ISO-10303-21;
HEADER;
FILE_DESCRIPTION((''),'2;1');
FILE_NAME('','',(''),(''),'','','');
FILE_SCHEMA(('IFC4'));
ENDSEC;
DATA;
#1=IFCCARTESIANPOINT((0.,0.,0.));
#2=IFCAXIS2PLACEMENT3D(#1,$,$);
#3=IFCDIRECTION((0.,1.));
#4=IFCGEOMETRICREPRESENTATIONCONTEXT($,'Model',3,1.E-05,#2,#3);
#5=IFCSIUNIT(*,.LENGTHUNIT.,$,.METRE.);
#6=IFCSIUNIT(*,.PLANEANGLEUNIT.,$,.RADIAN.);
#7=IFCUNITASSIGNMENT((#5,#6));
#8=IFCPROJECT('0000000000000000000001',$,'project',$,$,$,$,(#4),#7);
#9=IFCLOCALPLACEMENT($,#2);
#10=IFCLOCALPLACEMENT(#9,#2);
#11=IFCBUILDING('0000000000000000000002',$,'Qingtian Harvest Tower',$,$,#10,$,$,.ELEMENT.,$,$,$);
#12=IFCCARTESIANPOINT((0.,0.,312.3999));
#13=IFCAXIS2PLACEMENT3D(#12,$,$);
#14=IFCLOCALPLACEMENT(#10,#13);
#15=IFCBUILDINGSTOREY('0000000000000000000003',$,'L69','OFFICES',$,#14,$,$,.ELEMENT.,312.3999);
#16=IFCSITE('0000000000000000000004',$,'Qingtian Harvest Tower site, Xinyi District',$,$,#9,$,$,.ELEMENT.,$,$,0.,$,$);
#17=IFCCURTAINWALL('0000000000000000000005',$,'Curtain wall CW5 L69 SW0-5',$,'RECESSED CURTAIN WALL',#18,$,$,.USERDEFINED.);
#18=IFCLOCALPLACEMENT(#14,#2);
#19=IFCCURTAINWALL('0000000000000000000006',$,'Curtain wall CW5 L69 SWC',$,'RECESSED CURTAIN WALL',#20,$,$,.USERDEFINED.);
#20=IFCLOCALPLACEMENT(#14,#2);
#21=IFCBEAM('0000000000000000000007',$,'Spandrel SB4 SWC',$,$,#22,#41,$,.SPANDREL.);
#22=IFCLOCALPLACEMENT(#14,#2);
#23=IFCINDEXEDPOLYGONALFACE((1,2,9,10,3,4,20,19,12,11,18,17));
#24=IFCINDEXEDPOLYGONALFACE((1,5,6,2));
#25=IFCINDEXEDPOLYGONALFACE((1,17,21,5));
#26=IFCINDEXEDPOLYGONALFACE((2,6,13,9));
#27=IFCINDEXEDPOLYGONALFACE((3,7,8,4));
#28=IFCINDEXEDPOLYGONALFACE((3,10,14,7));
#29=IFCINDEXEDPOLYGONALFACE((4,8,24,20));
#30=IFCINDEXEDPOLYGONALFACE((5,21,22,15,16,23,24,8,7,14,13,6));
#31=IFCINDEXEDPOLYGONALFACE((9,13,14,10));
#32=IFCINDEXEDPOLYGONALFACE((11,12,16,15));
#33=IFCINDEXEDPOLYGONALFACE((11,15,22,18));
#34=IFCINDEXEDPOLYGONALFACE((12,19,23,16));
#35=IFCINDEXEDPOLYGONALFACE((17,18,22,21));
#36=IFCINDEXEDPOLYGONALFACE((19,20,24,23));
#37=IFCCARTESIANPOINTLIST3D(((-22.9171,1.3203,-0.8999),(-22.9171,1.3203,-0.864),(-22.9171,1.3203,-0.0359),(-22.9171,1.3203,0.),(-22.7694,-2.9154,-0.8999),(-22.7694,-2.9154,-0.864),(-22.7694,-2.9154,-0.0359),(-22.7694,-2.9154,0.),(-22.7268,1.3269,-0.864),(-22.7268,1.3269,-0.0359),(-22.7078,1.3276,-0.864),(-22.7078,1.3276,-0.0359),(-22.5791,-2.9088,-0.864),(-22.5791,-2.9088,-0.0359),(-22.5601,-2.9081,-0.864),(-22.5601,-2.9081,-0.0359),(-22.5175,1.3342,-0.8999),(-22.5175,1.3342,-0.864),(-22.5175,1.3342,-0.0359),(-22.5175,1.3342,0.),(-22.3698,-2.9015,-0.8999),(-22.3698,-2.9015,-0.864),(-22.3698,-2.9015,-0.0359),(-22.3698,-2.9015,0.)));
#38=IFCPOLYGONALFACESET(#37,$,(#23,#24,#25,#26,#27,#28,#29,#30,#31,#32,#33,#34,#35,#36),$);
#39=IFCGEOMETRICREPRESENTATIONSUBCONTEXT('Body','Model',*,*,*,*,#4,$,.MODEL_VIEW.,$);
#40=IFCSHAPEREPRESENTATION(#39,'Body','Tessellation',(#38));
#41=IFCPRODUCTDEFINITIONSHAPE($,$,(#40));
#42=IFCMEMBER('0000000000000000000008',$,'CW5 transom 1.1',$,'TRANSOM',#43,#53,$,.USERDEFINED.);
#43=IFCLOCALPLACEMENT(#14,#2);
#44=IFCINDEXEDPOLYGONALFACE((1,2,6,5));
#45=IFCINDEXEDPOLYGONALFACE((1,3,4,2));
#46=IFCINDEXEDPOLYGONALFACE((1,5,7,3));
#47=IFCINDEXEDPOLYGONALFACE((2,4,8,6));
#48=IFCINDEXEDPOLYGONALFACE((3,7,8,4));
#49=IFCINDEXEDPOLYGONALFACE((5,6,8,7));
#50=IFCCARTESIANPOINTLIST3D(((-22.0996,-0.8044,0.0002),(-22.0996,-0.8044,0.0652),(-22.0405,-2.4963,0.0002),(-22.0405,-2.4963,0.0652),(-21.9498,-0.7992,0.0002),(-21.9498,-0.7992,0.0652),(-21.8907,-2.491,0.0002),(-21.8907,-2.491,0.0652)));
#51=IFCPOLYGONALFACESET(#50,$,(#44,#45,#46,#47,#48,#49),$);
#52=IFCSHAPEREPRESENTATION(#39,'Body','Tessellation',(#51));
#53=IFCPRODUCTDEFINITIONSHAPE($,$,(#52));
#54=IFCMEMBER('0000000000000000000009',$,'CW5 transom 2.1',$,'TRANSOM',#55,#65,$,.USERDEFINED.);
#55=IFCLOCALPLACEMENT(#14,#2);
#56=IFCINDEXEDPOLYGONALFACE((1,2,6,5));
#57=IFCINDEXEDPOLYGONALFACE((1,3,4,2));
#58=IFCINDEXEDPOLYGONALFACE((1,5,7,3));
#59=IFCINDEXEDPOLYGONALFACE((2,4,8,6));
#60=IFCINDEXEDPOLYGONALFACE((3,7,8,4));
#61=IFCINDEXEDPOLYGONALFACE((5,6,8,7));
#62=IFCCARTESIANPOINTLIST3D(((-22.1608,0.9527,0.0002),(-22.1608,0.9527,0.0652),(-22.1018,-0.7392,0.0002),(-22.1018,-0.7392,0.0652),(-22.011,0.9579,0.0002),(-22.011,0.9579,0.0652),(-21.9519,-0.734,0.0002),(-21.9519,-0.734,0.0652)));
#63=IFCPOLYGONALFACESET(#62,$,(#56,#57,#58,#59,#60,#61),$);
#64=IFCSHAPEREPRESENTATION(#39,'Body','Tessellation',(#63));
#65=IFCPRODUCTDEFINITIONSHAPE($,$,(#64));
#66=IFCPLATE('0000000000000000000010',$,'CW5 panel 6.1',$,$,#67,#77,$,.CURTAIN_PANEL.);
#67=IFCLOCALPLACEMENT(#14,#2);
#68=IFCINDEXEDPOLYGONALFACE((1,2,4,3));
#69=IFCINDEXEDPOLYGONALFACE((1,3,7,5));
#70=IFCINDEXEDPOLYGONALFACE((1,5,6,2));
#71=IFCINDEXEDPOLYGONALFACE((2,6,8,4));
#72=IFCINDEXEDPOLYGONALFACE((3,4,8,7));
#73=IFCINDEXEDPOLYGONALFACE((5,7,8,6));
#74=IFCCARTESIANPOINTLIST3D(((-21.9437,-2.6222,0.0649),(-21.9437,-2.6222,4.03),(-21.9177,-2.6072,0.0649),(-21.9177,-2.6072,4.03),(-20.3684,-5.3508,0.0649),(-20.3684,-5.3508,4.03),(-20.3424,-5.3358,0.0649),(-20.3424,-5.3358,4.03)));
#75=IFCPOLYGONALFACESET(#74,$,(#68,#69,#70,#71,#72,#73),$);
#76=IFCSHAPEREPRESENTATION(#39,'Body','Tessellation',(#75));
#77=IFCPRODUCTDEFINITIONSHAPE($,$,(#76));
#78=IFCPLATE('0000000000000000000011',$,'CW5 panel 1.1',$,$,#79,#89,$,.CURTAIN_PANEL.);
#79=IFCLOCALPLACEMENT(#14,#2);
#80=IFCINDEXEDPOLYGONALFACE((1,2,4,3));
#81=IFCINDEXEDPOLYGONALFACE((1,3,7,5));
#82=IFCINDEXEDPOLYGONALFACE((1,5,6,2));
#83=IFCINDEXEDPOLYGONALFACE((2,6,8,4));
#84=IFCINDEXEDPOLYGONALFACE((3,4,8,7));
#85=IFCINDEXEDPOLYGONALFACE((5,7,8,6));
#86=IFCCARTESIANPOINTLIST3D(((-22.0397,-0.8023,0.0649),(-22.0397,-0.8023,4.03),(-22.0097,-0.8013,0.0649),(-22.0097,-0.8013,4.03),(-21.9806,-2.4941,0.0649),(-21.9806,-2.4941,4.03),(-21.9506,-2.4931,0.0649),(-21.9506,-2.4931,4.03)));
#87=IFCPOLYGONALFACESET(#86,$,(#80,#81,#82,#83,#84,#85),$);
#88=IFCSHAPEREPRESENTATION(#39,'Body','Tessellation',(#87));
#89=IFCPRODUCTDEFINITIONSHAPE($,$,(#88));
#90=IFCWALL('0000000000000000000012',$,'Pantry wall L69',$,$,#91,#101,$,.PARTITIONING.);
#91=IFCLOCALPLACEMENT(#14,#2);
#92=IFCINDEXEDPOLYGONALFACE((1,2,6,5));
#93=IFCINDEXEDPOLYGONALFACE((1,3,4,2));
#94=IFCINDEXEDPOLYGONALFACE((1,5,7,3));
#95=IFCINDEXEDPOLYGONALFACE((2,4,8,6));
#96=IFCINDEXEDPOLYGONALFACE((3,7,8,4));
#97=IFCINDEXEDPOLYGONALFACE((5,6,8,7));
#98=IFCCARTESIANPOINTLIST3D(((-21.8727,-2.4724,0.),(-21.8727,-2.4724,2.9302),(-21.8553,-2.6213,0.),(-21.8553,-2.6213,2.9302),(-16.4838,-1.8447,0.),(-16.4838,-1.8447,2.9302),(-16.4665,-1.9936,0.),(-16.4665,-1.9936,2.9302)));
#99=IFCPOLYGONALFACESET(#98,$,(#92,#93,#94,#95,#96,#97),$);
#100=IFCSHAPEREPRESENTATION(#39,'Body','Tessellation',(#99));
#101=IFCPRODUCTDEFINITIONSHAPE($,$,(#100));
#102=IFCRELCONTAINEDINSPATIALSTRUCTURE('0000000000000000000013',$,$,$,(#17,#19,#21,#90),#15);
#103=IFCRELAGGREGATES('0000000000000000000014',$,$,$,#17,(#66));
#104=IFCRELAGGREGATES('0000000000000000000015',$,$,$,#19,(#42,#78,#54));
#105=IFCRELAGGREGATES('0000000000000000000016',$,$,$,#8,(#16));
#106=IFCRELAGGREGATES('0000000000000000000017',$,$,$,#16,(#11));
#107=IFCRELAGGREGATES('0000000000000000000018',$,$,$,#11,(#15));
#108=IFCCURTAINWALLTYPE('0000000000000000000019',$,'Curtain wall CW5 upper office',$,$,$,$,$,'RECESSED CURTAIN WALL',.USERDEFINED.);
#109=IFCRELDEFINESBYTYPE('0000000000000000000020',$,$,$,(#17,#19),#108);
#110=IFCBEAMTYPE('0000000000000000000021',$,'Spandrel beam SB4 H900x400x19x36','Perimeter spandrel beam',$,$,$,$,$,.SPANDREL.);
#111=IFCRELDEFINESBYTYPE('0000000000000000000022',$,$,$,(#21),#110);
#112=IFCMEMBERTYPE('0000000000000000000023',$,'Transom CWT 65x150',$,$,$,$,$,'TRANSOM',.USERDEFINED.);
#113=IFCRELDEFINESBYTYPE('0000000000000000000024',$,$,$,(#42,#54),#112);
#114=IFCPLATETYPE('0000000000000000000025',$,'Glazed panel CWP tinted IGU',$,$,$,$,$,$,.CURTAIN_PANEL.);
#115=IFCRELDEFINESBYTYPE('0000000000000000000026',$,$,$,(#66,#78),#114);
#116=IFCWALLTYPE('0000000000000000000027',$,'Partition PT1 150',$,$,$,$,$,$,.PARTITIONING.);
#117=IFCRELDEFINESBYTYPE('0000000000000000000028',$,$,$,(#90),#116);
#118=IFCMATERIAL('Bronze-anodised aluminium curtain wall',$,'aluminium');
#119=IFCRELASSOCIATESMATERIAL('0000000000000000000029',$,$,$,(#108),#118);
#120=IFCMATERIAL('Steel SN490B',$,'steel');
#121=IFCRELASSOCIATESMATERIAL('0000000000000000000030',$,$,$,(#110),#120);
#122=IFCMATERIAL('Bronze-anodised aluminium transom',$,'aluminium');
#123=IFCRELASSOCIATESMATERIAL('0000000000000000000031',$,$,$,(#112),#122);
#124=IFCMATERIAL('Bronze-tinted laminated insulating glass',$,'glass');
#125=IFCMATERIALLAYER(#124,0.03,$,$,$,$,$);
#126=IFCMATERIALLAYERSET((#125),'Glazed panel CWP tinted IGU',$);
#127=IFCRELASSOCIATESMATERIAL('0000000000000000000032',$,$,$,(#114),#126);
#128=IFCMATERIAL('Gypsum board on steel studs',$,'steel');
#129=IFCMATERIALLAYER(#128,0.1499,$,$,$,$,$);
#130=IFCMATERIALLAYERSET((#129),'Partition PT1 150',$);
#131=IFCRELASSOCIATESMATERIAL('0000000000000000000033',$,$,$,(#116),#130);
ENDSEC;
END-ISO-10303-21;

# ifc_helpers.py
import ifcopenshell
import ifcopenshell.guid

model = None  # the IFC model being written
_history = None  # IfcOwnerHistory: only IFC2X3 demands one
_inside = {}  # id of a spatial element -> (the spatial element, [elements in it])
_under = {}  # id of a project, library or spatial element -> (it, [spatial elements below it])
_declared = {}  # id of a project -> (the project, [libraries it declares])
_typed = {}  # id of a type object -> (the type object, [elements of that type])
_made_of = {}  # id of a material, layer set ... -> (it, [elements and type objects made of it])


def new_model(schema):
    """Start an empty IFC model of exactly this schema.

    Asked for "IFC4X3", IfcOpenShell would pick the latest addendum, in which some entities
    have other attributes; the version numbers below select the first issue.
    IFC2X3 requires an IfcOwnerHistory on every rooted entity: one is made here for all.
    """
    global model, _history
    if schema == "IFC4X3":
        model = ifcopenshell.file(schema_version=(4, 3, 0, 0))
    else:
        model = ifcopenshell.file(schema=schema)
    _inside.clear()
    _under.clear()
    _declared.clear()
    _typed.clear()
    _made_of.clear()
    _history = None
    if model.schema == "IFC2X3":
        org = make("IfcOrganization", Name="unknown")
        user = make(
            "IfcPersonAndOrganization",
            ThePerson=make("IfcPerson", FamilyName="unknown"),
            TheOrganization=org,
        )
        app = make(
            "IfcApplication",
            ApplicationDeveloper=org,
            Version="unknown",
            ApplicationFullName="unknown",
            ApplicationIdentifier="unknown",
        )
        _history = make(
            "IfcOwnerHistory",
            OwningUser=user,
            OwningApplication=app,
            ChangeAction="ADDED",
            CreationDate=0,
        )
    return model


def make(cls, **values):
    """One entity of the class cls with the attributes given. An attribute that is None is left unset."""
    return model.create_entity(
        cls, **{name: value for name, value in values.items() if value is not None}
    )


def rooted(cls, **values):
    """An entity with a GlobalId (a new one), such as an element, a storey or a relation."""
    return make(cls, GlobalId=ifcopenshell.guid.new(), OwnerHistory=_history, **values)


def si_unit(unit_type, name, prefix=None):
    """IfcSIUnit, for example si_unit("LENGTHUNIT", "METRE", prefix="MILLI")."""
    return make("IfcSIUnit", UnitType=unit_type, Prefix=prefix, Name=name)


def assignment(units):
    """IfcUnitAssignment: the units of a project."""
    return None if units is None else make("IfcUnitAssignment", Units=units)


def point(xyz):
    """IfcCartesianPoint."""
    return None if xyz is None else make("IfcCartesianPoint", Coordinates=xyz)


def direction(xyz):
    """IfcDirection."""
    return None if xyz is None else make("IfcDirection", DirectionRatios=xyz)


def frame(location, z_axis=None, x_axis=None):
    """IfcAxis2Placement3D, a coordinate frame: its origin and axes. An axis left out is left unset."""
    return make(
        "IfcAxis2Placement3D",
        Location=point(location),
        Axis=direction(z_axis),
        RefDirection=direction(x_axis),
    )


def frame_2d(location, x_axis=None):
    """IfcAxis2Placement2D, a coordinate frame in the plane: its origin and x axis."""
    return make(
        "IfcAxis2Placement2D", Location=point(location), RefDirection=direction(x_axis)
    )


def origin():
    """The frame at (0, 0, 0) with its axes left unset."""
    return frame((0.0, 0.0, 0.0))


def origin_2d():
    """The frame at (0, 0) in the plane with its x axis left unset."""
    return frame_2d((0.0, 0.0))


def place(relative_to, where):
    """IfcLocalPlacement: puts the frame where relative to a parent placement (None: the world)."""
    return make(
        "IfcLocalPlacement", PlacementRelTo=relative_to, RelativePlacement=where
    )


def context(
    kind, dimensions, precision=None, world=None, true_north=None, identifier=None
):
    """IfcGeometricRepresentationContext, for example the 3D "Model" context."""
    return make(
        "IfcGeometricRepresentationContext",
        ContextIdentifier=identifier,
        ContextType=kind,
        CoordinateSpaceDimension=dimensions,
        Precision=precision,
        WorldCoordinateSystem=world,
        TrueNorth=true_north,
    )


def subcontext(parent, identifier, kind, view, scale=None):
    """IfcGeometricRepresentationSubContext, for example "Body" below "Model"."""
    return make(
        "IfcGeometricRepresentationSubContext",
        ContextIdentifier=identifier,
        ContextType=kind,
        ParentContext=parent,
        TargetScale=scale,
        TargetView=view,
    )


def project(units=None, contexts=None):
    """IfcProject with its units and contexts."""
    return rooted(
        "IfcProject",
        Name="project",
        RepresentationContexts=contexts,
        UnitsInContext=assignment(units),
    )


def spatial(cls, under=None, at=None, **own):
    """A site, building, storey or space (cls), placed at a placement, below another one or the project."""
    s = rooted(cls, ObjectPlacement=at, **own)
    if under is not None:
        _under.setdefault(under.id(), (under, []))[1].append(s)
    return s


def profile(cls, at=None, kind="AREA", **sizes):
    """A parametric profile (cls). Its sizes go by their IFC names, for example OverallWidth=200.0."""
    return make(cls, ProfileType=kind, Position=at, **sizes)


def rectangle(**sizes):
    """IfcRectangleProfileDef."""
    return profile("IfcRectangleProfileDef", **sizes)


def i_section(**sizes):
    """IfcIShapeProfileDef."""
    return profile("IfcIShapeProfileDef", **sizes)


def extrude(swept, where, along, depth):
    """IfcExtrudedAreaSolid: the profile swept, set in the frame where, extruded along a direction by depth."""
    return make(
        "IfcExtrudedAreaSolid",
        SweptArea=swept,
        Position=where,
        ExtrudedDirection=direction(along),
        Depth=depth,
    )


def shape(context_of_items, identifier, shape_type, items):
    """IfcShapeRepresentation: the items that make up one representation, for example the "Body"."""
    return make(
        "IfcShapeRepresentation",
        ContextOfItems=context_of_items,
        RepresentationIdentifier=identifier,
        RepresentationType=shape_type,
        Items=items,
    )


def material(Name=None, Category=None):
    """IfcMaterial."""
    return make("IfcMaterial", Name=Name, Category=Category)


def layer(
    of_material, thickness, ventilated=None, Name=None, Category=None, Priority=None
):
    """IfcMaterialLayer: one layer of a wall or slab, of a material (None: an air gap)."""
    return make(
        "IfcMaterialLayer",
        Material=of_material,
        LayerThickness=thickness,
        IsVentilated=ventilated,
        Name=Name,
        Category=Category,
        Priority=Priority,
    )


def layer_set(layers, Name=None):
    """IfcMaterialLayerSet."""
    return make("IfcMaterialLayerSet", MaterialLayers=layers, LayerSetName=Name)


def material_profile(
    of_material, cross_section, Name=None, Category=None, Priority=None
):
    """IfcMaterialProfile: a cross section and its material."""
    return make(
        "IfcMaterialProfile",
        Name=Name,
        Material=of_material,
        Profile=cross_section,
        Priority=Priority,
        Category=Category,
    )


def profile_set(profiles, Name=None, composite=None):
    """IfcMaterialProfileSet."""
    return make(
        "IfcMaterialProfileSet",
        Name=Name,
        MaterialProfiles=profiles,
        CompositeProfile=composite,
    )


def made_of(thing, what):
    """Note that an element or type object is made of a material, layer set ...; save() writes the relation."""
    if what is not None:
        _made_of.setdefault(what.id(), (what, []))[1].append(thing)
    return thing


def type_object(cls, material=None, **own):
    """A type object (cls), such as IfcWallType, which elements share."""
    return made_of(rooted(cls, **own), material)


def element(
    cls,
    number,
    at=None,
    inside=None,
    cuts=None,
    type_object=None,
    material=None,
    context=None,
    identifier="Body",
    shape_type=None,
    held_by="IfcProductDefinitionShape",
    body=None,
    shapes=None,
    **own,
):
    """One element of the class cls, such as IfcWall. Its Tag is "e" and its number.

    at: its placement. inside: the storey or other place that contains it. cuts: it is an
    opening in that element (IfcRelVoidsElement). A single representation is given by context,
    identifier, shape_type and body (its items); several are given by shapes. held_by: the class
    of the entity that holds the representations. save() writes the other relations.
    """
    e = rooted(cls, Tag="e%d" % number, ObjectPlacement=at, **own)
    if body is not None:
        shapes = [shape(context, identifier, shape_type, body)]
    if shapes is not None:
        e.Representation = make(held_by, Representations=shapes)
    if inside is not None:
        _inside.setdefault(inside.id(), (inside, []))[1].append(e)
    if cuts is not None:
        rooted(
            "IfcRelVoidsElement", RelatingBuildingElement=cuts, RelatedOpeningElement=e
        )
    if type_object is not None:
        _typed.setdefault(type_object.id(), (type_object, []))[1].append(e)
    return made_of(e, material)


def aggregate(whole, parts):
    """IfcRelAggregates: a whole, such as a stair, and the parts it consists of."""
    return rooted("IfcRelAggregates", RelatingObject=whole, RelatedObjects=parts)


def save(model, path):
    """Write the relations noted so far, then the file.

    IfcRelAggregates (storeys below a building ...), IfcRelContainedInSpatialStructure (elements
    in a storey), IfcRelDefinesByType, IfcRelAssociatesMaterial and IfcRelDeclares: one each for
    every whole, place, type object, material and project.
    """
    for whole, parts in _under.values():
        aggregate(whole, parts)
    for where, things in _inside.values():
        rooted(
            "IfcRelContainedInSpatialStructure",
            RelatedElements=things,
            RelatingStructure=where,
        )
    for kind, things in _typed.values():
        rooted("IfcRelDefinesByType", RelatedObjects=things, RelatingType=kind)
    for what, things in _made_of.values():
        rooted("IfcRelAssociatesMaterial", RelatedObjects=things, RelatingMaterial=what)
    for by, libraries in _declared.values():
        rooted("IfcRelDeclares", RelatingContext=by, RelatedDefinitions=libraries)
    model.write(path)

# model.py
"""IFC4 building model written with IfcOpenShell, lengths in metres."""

from ifc_helpers import new_model, si_unit, direction, frame, frame_2d, origin, origin_2d, place, context, subcontext, project, spatial, rectangle, i_section, extrude, material, layer, layer_set, material_profile, profile_set, type_object, element, aggregate, save


model = new_model("IFC4")

# Units and contexts
model_context = context("Model", 3, precision=1e-05, world=origin(), true_north=direction((0.0, 1.0)))
body_context = subcontext(model_context, "Body", "Model", "MODEL_VIEW")
ifc_project = project(units=[si_unit("LENGTHUNIT", "METRE"), si_unit("PLANEANGLEUNIT", "RADIAN")], contexts=[model_context])

# Site, building, storey
site_placement = place(None, origin())
site = spatial("IfcSite", under=ifc_project, at=site_placement, Name="Qingtian Harvest Tower site, Xinyi District", CompositionType="ELEMENT", RefElevation=0.0)
building_placement = place(site_placement, origin())
building = spatial("IfcBuilding", under=site, at=building_placement, Name="Qingtian Harvest Tower", CompositionType="ELEMENT")
storey_placement = place(building_placement, frame((0.0, 0.0, 312.3999)))
storey = spatial("IfcBuildingStorey", under=building, at=storey_placement, Name="L69", Description="OFFICES", CompositionType="ELEMENT", Elevation=312.3999)

# Curtain wall
ifc_material_1 = material(Name="Bronze-anodised aluminium curtain wall", Category="aluminium")
curtain_wall_type = type_object("IfcCurtainWallType", Name="Curtain wall CW5 upper office", ElementType="RECESSED CURTAIN WALL", PredefinedType="USERDEFINED", material=ifc_material_1)
curtain_wall_1_placement = place(storey_placement, origin())
curtain_wall_1 = element("IfcCurtainWall", 1, at=curtain_wall_1_placement, inside=storey, type_object=curtain_wall_type, Name="Curtain wall CW5 L69 SW0-5", ObjectType="RECESSED CURTAIN WALL", PredefinedType="USERDEFINED")

# Curtain wall
curtain_wall_2_placement = place(storey_placement, origin())
curtain_wall_2 = element("IfcCurtainWall", 2, at=curtain_wall_2_placement, inside=storey, type_object=curtain_wall_type, Name="Curtain wall CW5 L69 SWC", ObjectType="RECESSED CURTAIN WALL", PredefinedType="USERDEFINED")

# Beam
ifc_material_2 = material(Name="Steel SN490B", Category="steel")
ifc_material_profile_1 = material_profile(ifc_material_2, i_section(OverallWidth=0.3999, OverallDepth=0.8999, WebThickness=0.019, FlangeThickness=0.0359, at=origin_2d()), Name="H900x400x19x36")
ifc_profile_set_1 = profile_set([ifc_material_profile_1], Name="Steel SN490B")
beam_type_1 = type_object("IfcBeamType", Name="Spandrel beam SB4 H900x400x19x36", Description="Perimeter spandrel beam", PredefinedType="SPANDREL", material=ifc_profile_set_1)
beam_1_placement = place(storey_placement, frame((-22.5696, -2.9084, -0.45), z_axis=(-0.034851, 0.999393, 0.0), x_axis=(-0.999393, -0.034851, 0.0)))
element("IfcBeam", 3, at=beam_1_placement, inside=storey, type_object=beam_type_1, Name="Spandrel SB4 SWC", PredefinedType="SPANDREL", context=body_context, shape_type="SweptSolid", body=[
    extrude(i_section(OverallWidth=0.3999, OverallDepth=0.8999, WebThickness=0.019, FlangeThickness=0.0359, at=origin_2d()), origin(), (0.0, 0.0, 1.0), 4.2383),
])

# Members
ifc_material_3 = material(Name="Bronze-anodised aluminium transom", Category="aluminium")
ifc_material_profile_2 = material_profile(ifc_material_3, rectangle(XDim=0.1499, YDim=0.0649, at=origin_2d()), Name="AL 65x150")
ifc_profile_set_2 = profile_set([ifc_material_profile_2], Name="Bronze-anodised aluminium transom")
member_type_1 = type_object("IfcMemberType", Name="Transom CWT 65x150", ElementType="TRANSOM", PredefinedType="USERDEFINED", material=ifc_profile_set_2)
member_1_placement = place(storey_placement, frame((-21.9656, -2.4937, 0.0327), z_axis=(-0.034899, 0.999391, 0.0), x_axis=(-0.999391, -0.034899, 0.0)))
member_1 = element("IfcMember", 4, at=member_1_placement, type_object=member_type_1, Name="CW5 transom 1.1", ObjectType="TRANSOM", PredefinedType="USERDEFINED", context=body_context, shape_type="SweptSolid", body=[
    extrude(rectangle(XDim=0.1499, YDim=0.0649, at=origin_2d()), origin(), (0.0, 0.0, 1.0), 1.6929),
])
member_2_placement = place(storey_placement, frame((-22.0269, -0.7366, 0.0327), z_axis=(-0.034899, 0.999391, 0.0), x_axis=(-0.999391, -0.034899, 0.0)))
member_2 = element("IfcMember", 5, at=member_2_placement, type_object=member_type_1, Name="CW5 transom 2.1", ObjectType="TRANSOM", PredefinedType="USERDEFINED", context=body_context, shape_type="SweptSolid", body=[
    extrude(rectangle(XDim=0.1499, YDim=0.0649, at=origin_2d()), origin(), (0.0, 0.0, 1.0), 1.6929),
])

# Plates
ifc_material_4 = material(Name="Bronze-tinted laminated insulating glass", Category="glass")
ifc_layer_1 = layer(ifc_material_4, 0.03)
ifc_layer_set_1 = layer_set([ifc_layer_1], Name="Glazed panel CWP tinted IGU")
plate_type = type_object("IfcPlateType", Name="Glazed panel CWP tinted IGU", PredefinedType="CURTAIN_PANEL", material=ifc_layer_set_1)
plate_1_placement = place(storey_placement, frame((-21.1431, -3.979, 0.0649), z_axis=(0.0, 0.0, 1.0), x_axis=(-0.5, 0.866025, 0.0)))
plate_1 = element("IfcPlate", 6, at=plate_1_placement, type_object=plate_type, Name="CW5 panel 6.1", PredefinedType="CURTAIN_PANEL", context=body_context, shape_type="SweptSolid", body=[
    extrude(rectangle(XDim=3.1506, YDim=0.03, at=origin_2d()), origin(), (0.0, 0.0, 1.0), 3.9651),
])
aggregate(curtain_wall_1, [plate_1])
plate_2_placement = place(storey_placement, frame((-21.9951, -1.6477, 0.0649), z_axis=(0.0, 0.0, 1.0), x_axis=(-0.034899, 0.999391, 0.0)))
plate_2 = element("IfcPlate", 7, at=plate_2_placement, type_object=plate_type, Name="CW5 panel 1.1", PredefinedType="CURTAIN_PANEL", context=body_context, shape_type="SweptSolid", body=[
    extrude(rectangle(XDim=1.6929, YDim=0.03, at=origin_2d()), origin(), (0.0, 0.0, 1.0), 3.9651),
])
aggregate(curtain_wall_2, [member_1, plate_2, member_2])

# Wall
ifc_material_5 = material(Name="Gypsum board on steel studs", Category="steel")
ifc_layer_2 = layer(ifc_material_5, 0.1499)
ifc_layer_set_2 = layer_set([ifc_layer_2], Name="Partition PT1 150")
wall_type = type_object("IfcWallType", Name="Partition PT1 150", PredefinedType="PARTITIONING", material=ifc_layer_set_2)
wall_placement = place(storey_placement, frame((-21.864, -2.5469, 0.0), z_axis=(0.0, 0.0, 1.0), x_axis=(0.993285, 0.115695, 0.0)))
element("IfcWall", 8, at=wall_placement, inside=storey, type_object=wall_type, Name="Pantry wall L69", PredefinedType="PARTITIONING", context=body_context, shape_type="SweptSolid", body=[
    extrude(rectangle(XDim=5.4253, YDim=0.1499, at=frame_2d((2.7126, 0.0))), origin(), (0.0, 0.0, 1.0), 2.9302),
])

save(model, "model.ifc")
